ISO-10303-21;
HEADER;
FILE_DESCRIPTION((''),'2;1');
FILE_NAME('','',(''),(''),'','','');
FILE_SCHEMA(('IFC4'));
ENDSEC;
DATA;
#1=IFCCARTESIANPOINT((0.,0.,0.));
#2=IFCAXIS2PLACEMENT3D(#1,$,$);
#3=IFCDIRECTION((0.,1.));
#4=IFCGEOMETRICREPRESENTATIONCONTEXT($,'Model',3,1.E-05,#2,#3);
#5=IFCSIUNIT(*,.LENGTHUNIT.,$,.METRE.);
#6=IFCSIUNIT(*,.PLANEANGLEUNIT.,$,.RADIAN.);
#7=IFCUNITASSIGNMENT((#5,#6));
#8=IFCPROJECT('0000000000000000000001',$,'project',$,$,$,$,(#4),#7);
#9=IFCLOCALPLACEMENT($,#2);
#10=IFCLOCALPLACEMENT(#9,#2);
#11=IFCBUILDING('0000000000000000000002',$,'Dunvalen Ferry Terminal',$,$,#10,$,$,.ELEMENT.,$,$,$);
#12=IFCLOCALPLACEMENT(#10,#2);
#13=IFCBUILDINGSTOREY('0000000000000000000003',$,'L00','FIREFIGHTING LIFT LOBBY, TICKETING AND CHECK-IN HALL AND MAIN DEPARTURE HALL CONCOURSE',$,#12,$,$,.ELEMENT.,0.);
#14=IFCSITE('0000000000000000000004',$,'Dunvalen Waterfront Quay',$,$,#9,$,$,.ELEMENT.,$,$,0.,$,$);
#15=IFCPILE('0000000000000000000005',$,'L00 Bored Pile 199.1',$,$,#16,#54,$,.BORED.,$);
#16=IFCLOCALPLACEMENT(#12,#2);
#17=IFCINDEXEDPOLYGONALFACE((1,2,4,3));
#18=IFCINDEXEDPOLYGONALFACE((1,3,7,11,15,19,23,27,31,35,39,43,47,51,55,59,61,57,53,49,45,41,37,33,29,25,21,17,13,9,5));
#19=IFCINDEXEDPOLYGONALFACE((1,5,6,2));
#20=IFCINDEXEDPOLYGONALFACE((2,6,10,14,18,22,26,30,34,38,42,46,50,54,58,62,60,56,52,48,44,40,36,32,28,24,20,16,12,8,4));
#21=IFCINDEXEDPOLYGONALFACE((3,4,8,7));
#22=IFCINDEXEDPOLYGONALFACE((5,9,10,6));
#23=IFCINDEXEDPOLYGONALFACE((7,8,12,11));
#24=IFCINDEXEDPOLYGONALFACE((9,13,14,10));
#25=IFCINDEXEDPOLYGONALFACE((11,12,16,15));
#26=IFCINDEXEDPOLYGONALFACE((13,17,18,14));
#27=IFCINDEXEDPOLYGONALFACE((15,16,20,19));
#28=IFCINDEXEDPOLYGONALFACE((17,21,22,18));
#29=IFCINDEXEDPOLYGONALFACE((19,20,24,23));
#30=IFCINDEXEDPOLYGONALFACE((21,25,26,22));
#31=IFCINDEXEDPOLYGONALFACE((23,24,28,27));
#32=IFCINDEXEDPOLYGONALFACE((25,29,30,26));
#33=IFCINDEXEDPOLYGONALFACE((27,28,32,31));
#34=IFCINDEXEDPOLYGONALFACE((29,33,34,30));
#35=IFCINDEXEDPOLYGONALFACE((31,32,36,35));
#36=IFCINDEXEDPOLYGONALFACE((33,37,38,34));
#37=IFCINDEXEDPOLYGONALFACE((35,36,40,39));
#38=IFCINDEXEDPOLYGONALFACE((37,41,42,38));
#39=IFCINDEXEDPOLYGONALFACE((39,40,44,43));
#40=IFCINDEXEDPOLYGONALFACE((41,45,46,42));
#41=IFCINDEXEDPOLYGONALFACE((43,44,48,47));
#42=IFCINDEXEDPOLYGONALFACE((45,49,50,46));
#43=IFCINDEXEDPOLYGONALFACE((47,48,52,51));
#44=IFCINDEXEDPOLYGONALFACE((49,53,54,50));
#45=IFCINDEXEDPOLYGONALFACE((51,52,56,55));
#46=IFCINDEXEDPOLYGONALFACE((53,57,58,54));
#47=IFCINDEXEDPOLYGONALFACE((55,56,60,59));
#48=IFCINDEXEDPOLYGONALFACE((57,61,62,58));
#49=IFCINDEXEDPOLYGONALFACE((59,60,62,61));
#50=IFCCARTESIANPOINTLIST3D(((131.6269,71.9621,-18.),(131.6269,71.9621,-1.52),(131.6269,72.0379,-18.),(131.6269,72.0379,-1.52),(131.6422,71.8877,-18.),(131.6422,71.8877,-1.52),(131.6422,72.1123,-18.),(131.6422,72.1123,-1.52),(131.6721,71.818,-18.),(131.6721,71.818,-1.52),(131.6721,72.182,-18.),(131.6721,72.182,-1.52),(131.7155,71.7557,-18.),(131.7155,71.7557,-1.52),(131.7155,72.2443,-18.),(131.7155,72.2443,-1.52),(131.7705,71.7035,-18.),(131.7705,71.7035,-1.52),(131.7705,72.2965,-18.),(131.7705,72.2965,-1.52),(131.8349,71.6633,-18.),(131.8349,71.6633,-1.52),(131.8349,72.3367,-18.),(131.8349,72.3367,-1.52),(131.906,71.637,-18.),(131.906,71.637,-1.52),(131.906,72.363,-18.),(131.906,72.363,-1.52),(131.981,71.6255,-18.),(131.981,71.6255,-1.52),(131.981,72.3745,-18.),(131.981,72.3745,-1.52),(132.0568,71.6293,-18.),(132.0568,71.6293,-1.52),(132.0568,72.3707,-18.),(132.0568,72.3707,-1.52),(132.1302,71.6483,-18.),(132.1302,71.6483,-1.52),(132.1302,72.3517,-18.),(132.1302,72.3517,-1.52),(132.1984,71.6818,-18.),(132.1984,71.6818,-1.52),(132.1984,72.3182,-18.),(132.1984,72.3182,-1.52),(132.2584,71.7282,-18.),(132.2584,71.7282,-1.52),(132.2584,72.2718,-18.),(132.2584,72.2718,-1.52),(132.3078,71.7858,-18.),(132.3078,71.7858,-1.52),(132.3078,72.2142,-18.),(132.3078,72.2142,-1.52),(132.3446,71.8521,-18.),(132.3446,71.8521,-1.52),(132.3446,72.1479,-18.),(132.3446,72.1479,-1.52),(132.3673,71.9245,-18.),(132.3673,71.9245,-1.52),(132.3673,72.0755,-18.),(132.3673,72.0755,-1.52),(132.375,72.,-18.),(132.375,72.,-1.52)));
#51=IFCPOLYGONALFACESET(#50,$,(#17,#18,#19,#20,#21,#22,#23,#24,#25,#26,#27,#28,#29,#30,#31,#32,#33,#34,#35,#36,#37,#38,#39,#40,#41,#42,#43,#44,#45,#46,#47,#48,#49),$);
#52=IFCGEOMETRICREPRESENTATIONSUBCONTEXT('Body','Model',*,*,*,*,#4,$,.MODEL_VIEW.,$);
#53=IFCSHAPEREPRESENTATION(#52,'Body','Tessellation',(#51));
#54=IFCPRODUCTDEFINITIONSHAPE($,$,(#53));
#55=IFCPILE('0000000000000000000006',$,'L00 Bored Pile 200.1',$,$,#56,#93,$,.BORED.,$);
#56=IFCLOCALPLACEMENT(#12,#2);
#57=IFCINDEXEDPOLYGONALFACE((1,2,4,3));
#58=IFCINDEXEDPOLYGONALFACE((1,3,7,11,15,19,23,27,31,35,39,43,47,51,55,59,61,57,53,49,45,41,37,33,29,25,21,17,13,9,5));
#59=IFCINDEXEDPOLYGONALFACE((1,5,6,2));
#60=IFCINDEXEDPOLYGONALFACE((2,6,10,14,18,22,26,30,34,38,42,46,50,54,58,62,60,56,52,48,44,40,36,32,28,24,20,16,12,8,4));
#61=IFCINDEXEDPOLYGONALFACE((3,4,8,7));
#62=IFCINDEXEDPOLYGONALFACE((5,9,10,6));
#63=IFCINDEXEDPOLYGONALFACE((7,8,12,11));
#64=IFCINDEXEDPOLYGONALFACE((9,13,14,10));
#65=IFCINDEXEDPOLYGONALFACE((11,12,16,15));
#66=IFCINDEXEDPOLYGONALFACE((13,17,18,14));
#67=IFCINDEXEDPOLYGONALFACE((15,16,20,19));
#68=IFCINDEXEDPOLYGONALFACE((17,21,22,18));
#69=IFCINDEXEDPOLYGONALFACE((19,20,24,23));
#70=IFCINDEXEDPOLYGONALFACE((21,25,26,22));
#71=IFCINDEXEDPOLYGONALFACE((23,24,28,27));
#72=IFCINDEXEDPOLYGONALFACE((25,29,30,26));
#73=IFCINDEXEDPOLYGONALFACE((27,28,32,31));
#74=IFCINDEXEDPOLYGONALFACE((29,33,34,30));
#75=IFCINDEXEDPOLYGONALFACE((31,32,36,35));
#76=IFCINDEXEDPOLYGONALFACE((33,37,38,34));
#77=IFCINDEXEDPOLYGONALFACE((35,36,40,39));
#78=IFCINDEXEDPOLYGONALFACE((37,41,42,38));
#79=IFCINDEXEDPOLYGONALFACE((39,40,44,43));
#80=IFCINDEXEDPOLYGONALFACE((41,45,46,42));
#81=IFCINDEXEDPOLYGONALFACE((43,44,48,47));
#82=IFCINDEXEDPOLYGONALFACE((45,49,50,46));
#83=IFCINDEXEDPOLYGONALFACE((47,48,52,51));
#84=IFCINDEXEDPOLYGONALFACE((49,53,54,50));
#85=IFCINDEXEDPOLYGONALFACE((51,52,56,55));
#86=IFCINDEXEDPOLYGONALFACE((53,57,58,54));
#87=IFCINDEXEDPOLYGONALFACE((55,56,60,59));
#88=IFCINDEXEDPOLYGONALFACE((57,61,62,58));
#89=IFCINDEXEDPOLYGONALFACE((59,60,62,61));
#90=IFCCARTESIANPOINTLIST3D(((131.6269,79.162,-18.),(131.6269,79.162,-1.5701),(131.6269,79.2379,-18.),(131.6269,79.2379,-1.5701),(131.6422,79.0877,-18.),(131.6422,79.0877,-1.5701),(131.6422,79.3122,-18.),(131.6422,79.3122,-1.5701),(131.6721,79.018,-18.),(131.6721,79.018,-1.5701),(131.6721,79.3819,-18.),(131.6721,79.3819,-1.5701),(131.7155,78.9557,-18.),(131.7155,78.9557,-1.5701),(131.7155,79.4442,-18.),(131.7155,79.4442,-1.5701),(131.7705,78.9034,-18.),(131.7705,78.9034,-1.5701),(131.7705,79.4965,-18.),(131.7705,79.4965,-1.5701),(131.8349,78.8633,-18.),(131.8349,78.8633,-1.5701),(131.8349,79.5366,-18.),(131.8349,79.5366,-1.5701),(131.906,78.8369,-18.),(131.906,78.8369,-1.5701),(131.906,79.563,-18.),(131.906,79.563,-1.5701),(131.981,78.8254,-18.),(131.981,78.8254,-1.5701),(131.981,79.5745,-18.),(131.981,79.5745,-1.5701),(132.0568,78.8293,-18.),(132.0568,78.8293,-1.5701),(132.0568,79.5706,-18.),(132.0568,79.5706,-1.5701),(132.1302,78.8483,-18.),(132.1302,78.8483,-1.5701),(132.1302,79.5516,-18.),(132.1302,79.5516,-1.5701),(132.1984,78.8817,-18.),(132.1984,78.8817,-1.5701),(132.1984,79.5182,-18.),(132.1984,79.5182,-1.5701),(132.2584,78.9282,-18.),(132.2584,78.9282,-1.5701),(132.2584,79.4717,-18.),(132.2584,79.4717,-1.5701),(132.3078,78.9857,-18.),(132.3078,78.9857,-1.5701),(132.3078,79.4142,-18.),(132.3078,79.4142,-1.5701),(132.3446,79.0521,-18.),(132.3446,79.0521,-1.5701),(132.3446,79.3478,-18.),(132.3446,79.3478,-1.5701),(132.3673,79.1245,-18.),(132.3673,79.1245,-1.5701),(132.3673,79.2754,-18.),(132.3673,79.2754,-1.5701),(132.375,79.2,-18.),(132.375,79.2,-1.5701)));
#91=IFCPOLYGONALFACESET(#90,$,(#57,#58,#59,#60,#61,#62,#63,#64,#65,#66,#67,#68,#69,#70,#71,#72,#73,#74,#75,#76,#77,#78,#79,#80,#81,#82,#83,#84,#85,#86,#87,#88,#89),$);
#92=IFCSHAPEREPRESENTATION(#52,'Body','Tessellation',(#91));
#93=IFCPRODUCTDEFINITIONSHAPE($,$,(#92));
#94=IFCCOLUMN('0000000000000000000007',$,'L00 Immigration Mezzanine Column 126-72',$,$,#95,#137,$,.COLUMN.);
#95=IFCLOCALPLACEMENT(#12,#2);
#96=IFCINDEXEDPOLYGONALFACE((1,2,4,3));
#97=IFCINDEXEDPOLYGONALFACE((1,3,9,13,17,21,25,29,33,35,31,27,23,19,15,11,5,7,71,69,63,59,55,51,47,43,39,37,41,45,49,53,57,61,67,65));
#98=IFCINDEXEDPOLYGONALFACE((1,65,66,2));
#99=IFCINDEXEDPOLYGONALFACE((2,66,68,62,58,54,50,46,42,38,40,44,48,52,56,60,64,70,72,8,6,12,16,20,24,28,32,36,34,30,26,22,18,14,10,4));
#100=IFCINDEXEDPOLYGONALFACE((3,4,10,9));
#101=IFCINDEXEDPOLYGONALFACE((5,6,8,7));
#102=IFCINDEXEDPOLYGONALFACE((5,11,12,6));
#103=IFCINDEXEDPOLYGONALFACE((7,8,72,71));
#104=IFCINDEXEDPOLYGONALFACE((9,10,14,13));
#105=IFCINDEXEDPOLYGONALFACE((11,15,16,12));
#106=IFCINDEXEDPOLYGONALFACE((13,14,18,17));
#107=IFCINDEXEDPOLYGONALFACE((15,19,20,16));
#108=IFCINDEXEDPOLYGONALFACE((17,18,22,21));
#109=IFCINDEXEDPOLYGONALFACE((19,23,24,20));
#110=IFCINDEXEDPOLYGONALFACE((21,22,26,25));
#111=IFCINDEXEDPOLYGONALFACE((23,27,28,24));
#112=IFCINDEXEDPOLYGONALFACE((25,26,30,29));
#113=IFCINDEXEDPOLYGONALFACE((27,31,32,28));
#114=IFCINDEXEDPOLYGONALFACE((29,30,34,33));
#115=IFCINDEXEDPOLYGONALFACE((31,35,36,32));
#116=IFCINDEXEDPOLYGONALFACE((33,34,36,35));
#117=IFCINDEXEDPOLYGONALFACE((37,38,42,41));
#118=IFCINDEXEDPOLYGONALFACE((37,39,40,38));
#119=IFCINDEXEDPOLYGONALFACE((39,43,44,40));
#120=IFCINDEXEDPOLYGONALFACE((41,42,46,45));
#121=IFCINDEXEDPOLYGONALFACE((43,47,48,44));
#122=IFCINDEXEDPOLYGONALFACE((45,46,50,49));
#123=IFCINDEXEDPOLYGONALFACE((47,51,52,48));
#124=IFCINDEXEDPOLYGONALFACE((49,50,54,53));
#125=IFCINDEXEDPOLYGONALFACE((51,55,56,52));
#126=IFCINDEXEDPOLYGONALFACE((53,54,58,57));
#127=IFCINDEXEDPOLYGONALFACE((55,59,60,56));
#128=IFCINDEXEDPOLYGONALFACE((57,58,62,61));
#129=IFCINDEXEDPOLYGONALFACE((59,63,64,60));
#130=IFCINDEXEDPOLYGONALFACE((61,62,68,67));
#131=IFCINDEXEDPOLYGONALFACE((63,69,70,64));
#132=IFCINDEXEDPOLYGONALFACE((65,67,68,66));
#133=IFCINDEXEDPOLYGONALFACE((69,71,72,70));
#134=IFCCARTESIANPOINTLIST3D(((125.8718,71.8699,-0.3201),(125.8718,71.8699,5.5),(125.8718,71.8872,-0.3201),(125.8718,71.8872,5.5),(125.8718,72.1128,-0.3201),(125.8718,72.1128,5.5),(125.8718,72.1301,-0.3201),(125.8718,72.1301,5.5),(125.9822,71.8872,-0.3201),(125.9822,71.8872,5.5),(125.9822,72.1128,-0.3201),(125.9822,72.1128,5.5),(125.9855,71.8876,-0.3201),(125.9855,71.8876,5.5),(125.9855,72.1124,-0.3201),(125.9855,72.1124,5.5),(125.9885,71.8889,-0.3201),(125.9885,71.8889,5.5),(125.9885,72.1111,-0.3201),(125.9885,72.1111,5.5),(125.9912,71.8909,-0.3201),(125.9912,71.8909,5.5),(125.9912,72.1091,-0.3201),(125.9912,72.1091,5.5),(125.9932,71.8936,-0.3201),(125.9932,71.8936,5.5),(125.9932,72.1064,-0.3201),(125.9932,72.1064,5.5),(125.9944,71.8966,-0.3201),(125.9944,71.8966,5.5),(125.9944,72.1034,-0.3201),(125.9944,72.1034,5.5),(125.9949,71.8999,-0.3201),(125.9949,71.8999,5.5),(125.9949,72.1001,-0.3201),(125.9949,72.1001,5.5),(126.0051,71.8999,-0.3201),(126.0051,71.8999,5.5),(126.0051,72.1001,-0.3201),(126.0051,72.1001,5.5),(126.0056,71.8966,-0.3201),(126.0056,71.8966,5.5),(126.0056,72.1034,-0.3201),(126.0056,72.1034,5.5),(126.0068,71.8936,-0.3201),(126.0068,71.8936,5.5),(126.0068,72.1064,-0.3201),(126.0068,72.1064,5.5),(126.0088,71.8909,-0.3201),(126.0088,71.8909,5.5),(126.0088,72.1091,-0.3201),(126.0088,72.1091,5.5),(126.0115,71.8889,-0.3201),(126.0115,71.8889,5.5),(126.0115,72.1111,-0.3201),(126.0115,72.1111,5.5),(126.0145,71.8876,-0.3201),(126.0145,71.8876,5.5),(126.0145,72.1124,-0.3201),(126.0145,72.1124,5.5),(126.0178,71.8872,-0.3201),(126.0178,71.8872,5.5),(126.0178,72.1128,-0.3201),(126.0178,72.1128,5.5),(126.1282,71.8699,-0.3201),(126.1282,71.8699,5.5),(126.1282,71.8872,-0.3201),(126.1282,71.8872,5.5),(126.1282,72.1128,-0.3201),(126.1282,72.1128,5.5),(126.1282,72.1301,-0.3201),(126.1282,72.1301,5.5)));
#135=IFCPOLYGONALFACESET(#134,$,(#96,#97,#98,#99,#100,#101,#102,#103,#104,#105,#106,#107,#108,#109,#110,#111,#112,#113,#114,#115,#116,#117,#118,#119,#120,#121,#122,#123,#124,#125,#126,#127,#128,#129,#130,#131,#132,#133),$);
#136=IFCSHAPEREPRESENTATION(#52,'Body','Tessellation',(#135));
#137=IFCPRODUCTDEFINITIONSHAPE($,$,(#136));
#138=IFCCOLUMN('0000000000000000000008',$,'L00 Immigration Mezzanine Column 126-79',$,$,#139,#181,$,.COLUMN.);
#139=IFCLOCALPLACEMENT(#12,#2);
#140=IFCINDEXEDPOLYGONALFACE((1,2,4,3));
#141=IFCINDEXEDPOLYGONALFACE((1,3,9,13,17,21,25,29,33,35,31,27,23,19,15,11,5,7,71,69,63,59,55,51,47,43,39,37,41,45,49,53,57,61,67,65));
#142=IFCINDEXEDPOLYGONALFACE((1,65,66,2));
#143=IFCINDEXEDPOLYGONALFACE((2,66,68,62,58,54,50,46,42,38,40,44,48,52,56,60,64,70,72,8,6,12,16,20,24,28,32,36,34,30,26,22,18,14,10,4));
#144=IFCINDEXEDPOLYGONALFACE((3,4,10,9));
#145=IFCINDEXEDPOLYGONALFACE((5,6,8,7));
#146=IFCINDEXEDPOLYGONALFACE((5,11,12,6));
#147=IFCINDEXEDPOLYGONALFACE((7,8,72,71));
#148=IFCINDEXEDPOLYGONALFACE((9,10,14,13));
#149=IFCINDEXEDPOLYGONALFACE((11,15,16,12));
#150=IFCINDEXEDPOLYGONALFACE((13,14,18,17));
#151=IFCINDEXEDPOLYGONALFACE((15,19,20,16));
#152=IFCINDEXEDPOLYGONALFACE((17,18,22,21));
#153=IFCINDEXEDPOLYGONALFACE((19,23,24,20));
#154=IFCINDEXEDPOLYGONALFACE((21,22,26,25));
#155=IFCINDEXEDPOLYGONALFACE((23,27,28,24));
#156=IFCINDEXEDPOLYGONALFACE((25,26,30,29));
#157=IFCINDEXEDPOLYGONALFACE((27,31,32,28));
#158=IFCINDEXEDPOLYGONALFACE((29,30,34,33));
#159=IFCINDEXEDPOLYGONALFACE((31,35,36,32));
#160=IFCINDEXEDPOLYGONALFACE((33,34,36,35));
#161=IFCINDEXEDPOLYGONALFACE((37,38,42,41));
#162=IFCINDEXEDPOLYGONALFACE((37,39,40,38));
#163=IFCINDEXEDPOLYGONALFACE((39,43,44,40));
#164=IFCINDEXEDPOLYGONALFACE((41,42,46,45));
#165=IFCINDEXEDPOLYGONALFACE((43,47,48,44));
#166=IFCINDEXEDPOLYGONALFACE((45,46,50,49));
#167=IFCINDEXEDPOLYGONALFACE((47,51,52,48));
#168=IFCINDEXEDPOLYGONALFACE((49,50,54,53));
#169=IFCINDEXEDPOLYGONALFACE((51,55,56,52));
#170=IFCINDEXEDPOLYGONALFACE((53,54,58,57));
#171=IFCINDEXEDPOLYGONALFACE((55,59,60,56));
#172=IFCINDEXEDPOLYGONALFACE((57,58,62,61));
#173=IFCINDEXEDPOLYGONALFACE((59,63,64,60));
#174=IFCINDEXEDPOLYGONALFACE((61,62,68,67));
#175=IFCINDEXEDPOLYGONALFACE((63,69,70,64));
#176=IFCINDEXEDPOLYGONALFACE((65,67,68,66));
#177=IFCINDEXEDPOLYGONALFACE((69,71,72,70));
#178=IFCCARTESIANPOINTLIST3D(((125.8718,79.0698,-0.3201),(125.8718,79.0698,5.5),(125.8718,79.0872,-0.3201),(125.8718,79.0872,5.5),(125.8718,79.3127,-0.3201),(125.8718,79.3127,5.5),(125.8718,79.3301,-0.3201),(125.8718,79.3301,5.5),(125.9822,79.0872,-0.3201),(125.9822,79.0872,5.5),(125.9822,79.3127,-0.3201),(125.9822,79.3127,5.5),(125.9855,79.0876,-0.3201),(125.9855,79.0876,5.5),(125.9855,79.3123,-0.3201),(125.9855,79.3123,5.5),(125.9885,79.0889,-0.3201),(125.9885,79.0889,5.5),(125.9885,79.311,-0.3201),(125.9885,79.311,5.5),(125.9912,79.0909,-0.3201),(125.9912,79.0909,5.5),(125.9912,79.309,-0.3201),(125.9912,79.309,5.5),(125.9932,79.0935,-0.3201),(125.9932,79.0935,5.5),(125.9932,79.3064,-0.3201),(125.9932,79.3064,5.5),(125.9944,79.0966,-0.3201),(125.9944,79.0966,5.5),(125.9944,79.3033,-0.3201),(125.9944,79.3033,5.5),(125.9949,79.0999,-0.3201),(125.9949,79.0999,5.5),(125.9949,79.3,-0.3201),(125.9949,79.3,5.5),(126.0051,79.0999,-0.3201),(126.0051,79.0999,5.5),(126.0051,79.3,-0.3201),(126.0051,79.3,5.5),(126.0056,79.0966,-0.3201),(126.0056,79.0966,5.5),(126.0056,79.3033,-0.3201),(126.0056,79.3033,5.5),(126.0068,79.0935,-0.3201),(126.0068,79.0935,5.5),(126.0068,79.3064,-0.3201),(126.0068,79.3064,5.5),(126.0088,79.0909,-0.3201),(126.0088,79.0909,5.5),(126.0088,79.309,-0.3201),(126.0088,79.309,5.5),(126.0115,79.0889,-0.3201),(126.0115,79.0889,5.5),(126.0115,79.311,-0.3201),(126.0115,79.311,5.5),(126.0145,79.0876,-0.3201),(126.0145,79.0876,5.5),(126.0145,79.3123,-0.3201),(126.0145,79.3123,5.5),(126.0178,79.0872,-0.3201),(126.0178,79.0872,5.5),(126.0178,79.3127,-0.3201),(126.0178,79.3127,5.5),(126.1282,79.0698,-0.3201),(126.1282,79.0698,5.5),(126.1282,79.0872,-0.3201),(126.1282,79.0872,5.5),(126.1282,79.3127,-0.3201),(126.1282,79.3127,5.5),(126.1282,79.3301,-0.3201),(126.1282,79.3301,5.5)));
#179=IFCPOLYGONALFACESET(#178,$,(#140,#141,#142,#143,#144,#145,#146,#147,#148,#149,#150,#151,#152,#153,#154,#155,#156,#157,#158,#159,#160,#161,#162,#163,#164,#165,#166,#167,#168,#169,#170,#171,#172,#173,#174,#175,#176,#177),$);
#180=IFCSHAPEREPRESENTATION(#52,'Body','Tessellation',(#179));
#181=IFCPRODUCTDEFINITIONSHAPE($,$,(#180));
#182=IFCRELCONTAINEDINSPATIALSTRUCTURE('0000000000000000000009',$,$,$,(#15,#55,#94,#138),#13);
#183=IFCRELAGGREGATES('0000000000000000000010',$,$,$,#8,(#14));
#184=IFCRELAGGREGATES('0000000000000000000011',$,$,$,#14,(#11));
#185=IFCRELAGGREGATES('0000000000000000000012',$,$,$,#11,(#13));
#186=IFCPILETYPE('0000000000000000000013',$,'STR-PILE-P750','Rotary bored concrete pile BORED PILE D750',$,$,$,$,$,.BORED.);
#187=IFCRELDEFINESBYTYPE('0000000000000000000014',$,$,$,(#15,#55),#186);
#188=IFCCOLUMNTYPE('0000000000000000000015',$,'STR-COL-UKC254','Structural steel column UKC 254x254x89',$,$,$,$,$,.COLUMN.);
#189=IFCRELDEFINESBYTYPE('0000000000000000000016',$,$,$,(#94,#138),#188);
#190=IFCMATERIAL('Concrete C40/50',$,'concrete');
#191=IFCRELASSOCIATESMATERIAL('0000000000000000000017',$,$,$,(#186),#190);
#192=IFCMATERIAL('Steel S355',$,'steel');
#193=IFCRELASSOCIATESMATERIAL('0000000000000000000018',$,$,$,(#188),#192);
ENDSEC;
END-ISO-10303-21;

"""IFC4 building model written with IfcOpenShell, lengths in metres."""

from ifc_helpers import new_model, si_unit, direction, frame, origin, origin_2d, place, context, subcontext, project, spatial, circle, i_section, extrude, material, material_profile, profile_set, type_object, element, save


model = new_model("IFC4")

# Units and contexts
model_context = context("Model", 3, precision=1e-05, world=origin(), true_north=direction((0.0, 1.0)))
body_context = subcontext(model_context, "Body", "Model", "MODEL_VIEW")
ifc_project = project(units=[si_unit("LENGTHUNIT", "METRE"), si_unit("PLANEANGLEUNIT", "RADIAN")], contexts=[model_context])

# Site, building, storey
site_placement = place(None, origin())
site = spatial("IfcSite", under=ifc_project, at=site_placement, Name="Dunvalen Waterfront Quay", CompositionType="ELEMENT", RefElevation=0.0)
building_placement = place(site_placement, origin())
building = spatial("IfcBuilding", under=site, at=building_placement, Name="Dunvalen Ferry Terminal", CompositionType="ELEMENT")
storey_placement = place(building_placement, origin())
storey = spatial("IfcBuildingStorey", under=building, at=storey_placement, Name="L00", Description="FIREFIGHTING LIFT LOBBY, TICKETING AND CHECK-IN HALL AND MAIN DEPARTURE HALL CONCOURSE", CompositionType="ELEMENT", Elevation=0.0)

# Shared definitions
ifc_material_1 = material(Name="Concrete C40/50", Category="concrete")

# Piles
ifc_material_profile_1 = material_profile(ifc_material_1, circle(Radius=0.375, at=origin_2d()), Name="Concrete C40/50")
ifc_profile_set_1 = profile_set([ifc_material_profile_1], Name="Concrete C40/50")
pile_type = type_object("IfcPileType", Name="STR-PILE-P750", Description="Rotary bored concrete pile BORED PILE D750", PredefinedType="BORED", material=ifc_profile_set_1)
pile_1_placement = place(storey_placement, frame((132.0, 72.0, -1.52), z_axis=(0.0, 0.0, -1.0), x_axis=(1.0, 0.0, 0.0)))
element("IfcPile", 1, at=pile_1_placement, inside=storey, type_object=pile_type, Name="L00 Bored Pile 199.1", PredefinedType="BORED", context=body_context, shape_type="SweptSolid", body=[
    extrude(circle(Radius=0.375, at=origin_2d()), origin(), (0.0, 0.0, 1.0), 16.48),
])
pile_2_placement = place(storey_placement, frame((132.0, 79.2, -1.5701), z_axis=(0.0, 0.0, -1.0), x_axis=(1.0, 0.0, 0.0)))
element("IfcPile", 2, at=pile_2_placement, inside=storey, type_object=pile_type, Name="L00 Bored Pile 200.1", PredefinedType="BORED", context=body_context, shape_type="SweptSolid", body=[
    extrude(circle(Radius=0.375, at=origin_2d()), origin(), (0.0, 0.0, 1.0), 16.4299),
])

# Columns
ifc_material_2 = material(Name="Steel S355", Category="steel")
ifc_material_profile_2 = material_profile(ifc_material_2, i_section(OverallWidth=0.2563, OverallDepth=0.2603, WebThickness=0.0103, FlangeThickness=0.0173, FilletRadius=0.0127, at=origin_2d()), Name="Steel S355")
ifc_profile_set_2 = profile_set([ifc_material_profile_2], Name="Steel S355")
column_type = type_object("IfcColumnType", Name="STR-COL-UKC254", Description="Structural steel column UKC 254x254x89", PredefinedType="COLUMN", material=ifc_profile_set_2)
for number, where, z_axis, x_axis, name in (
    (3, (126.0, 72.0, -0.3201), (0.0, 0.0, 1.0), (1.0, 0.0, 0.0), "L00 Immigration Mezzanine Column 126-72"),
    (4, (126.0, 79.2, -0.3201), (0.0, 0.0, 1.0), (1.0, 0.0, 0.0), "L00 Immigration Mezzanine Column 126-79"),
):
    element("IfcColumn", number, at=place(storey_placement, frame(where, z_axis=z_axis, x_axis=x_axis)), inside=storey, type_object=column_type, Name=name, PredefinedType="COLUMN", context=body_context, shape_type="SweptSolid", body=[
        extrude(i_section(OverallWidth=0.2563, OverallDepth=0.2603, WebThickness=0.0103, FlangeThickness=0.0173, FilletRadius=0.0127, at=origin_2d()), origin(), (0.0, 0.0, 1.0), 5.8201),
    ])

save(model, "model.ifc")
